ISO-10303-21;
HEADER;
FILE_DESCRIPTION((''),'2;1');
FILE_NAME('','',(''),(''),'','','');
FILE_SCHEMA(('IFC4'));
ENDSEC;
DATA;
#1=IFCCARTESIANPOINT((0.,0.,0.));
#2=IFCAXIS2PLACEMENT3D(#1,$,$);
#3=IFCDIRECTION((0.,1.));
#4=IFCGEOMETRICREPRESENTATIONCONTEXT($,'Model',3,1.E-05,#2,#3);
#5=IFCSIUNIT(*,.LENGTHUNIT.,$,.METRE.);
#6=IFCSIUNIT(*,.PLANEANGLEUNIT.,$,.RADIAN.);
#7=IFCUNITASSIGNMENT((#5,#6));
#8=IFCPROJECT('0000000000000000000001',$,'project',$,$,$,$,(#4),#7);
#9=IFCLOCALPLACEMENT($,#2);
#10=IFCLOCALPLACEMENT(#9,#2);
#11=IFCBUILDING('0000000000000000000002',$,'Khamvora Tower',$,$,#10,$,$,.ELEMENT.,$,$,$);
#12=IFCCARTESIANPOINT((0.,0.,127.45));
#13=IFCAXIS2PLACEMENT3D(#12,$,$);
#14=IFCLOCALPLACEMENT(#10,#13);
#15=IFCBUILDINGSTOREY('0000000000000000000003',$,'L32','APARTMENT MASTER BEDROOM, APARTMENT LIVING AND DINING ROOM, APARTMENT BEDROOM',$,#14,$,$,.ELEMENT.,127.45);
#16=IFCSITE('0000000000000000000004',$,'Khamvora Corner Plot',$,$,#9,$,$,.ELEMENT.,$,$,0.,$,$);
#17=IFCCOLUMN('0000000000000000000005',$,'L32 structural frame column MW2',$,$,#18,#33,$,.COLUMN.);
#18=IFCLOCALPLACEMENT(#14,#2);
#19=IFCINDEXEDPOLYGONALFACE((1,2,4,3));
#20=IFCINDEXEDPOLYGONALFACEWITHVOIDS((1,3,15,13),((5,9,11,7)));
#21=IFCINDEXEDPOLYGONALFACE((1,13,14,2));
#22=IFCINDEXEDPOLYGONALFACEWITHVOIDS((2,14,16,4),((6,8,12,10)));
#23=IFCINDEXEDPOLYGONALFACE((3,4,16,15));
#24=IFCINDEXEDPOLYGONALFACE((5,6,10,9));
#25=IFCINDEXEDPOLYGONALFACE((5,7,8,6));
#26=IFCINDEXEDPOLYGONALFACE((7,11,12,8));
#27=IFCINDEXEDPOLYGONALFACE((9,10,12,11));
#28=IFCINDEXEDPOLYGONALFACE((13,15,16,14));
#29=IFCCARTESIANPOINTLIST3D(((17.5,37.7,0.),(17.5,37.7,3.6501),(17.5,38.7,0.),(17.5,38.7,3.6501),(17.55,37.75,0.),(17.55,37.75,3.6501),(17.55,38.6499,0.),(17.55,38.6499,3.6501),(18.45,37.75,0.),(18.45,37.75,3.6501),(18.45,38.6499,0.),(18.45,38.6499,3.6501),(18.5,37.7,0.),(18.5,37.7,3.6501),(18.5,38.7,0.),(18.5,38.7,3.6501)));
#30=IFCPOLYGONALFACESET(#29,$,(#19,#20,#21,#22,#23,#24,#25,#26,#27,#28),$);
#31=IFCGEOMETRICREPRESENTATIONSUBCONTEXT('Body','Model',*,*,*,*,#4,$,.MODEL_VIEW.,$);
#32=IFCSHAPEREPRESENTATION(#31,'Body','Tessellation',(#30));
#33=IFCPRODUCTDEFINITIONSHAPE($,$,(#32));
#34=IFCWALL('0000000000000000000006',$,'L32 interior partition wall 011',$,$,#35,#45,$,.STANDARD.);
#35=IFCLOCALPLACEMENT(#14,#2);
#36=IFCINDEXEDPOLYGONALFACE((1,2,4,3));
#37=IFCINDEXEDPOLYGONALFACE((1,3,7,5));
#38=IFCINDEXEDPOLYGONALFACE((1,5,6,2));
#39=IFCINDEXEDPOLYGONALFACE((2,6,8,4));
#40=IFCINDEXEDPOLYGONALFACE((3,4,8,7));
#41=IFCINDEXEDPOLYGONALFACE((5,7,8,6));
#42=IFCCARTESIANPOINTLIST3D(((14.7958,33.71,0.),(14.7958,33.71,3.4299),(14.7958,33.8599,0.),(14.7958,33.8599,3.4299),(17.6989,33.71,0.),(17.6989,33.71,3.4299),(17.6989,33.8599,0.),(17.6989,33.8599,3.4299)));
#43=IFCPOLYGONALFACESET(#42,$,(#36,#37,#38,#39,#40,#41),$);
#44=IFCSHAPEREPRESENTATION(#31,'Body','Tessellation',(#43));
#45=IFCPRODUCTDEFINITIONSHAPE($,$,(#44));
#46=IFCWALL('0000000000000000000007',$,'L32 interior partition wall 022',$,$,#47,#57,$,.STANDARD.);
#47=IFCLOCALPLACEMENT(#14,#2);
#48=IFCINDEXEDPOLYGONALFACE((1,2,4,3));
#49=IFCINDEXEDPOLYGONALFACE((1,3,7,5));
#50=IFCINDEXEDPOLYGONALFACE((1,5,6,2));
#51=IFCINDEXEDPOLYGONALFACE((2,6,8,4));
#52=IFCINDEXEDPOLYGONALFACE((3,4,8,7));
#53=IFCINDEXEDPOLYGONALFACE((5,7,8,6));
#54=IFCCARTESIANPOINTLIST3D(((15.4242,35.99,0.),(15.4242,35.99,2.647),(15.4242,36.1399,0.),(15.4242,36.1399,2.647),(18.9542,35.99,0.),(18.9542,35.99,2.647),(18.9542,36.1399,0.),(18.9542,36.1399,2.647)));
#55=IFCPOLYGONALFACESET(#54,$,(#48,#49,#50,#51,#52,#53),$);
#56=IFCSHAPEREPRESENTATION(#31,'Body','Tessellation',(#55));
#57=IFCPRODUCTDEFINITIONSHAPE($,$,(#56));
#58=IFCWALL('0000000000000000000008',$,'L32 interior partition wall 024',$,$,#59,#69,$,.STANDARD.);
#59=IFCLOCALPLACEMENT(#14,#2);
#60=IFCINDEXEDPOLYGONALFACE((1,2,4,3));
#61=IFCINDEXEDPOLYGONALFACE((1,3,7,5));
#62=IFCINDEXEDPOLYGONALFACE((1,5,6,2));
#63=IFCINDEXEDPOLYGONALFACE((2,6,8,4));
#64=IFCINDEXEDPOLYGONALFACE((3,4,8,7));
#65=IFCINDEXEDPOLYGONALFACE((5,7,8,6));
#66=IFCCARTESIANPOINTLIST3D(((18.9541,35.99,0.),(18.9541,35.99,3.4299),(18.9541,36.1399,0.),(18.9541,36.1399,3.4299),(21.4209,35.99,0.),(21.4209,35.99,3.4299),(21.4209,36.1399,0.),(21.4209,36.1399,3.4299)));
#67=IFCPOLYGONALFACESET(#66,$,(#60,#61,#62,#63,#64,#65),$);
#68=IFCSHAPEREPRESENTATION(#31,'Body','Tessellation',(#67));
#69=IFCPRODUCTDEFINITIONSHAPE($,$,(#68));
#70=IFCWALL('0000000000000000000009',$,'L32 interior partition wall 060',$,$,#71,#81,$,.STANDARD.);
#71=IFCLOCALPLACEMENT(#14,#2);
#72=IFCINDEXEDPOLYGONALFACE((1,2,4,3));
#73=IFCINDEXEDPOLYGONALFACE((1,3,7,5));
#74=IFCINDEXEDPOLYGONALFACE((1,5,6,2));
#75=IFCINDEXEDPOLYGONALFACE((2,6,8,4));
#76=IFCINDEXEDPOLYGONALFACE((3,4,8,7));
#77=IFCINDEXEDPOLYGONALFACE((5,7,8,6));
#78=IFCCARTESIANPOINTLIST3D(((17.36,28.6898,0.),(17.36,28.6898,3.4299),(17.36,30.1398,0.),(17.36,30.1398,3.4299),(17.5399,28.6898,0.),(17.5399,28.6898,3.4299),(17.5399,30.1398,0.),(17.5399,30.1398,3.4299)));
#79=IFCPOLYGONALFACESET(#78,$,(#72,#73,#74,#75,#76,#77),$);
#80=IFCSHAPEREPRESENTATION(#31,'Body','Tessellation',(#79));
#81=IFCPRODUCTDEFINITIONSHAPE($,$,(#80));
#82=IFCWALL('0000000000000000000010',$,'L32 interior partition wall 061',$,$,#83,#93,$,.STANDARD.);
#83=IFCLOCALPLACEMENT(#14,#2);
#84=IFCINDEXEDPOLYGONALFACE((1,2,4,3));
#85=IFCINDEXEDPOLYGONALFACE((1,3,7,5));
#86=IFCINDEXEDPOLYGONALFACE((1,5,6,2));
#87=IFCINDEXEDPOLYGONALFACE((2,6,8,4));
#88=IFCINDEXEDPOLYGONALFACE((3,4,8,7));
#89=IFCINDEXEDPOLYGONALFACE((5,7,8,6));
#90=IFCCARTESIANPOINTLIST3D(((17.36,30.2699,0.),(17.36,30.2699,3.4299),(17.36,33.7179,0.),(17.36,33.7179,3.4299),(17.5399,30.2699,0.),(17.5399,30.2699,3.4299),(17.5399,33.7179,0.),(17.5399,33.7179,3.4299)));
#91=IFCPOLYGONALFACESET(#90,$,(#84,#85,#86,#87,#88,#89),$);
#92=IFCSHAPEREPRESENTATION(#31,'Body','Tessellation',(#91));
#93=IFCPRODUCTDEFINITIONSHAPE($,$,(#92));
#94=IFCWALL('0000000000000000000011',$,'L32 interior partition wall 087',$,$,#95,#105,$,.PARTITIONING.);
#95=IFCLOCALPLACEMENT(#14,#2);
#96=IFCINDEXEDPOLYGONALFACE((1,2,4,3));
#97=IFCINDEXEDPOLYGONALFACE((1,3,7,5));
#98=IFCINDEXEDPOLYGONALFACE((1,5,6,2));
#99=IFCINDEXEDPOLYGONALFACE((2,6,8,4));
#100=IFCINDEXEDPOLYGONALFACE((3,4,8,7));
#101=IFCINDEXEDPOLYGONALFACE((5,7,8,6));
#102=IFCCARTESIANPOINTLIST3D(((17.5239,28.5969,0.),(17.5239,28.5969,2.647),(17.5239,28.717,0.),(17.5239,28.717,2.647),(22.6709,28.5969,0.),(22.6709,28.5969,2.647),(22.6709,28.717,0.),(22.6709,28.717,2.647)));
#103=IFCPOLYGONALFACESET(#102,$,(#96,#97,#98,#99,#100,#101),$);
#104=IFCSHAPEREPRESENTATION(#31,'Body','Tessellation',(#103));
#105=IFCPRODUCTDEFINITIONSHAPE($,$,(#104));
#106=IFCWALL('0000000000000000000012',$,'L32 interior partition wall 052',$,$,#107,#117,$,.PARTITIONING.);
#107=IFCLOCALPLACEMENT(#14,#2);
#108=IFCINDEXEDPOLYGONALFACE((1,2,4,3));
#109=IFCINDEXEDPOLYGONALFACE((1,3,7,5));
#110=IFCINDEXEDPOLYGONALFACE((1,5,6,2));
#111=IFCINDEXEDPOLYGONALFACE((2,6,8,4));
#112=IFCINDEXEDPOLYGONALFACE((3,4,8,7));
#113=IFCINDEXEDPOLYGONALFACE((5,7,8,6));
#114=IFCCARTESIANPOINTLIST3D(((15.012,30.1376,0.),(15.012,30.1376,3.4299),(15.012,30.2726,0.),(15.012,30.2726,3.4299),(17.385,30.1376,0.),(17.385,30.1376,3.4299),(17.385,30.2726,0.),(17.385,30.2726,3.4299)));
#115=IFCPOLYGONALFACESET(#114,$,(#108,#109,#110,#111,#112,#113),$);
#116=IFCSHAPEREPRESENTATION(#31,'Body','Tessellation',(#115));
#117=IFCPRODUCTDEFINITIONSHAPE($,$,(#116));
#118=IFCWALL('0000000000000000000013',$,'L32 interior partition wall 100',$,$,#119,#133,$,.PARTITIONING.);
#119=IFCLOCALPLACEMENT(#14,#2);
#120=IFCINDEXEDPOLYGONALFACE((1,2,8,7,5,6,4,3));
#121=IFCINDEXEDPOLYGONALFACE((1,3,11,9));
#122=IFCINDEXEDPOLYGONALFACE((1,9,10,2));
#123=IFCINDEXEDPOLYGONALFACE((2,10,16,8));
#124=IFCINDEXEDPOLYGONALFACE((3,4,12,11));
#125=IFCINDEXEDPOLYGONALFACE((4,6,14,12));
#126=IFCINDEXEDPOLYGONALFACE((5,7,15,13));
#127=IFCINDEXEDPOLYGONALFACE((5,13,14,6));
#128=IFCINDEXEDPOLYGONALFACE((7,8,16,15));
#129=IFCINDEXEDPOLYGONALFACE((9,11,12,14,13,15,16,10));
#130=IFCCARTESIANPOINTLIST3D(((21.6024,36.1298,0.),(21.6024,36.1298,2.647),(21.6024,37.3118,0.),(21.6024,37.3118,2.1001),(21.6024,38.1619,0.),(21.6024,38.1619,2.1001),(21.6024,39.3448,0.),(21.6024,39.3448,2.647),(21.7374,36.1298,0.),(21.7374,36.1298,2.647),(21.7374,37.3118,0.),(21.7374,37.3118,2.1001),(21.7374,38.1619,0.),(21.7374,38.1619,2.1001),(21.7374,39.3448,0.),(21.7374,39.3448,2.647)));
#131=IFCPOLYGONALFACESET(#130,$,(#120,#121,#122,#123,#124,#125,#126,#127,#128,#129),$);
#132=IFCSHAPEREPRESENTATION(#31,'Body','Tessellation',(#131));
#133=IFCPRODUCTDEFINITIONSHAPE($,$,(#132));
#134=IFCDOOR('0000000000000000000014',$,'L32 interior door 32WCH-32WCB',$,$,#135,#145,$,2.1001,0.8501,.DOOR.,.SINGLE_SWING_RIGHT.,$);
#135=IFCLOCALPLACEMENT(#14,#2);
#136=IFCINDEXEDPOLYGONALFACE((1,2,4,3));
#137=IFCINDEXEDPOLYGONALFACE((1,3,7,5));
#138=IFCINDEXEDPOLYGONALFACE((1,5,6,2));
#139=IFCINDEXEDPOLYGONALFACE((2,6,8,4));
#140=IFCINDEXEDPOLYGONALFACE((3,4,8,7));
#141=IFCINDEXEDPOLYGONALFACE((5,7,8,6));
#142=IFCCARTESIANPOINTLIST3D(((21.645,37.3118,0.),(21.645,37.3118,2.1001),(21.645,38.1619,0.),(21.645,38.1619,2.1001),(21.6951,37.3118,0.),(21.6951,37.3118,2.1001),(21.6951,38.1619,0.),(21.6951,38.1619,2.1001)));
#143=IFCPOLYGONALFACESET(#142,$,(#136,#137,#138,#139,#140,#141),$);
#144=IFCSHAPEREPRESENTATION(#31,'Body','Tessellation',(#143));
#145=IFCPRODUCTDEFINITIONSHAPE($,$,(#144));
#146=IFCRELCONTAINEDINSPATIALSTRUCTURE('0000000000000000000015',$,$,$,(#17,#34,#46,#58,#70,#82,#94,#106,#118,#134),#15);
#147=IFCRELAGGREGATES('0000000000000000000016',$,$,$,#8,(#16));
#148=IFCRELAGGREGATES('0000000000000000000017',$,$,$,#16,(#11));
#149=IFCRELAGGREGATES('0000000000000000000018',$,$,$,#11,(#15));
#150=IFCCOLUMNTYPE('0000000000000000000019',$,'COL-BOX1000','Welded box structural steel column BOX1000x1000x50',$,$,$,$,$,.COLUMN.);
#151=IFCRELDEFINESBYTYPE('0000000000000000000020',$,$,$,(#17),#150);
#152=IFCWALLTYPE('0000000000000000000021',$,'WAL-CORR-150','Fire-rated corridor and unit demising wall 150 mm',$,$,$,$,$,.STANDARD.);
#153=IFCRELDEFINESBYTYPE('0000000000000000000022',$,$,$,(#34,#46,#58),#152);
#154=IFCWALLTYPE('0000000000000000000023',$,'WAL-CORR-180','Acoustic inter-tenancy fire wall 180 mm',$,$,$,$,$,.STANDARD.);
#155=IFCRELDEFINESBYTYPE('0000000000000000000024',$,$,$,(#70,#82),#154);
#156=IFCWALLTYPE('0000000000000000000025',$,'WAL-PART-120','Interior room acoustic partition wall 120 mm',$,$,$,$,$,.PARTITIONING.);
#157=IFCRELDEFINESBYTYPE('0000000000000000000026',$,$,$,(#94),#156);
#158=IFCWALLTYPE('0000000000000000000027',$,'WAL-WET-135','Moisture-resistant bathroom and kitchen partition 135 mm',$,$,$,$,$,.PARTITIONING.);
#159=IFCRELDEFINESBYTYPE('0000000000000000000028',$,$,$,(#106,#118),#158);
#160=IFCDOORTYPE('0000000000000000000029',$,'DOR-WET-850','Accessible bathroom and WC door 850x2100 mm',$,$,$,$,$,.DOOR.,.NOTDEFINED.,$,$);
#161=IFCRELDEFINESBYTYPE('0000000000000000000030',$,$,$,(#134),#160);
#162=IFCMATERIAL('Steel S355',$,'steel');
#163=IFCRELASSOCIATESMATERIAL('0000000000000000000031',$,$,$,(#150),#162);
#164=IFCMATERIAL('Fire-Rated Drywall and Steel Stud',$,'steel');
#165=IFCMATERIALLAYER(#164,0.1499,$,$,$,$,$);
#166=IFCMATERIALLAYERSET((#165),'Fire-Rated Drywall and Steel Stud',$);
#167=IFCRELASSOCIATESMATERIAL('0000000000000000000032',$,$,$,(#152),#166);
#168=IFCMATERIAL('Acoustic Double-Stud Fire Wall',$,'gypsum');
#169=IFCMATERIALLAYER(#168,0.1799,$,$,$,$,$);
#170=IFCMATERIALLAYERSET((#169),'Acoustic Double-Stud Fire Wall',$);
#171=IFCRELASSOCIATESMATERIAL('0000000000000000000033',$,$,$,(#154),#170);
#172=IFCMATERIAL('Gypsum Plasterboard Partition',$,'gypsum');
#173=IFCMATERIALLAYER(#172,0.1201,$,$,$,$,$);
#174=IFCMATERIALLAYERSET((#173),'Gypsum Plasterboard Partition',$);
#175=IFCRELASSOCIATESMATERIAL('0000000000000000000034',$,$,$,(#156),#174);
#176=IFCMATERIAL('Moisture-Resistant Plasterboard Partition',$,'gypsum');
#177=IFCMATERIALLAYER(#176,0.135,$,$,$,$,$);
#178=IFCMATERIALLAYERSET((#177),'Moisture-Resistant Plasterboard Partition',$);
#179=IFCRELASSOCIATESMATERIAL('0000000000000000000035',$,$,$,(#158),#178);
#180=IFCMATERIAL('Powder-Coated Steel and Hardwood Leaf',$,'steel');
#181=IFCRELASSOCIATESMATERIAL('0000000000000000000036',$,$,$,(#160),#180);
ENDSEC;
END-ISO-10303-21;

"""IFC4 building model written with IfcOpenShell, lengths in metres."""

from ifc_helpers import new_model, si_unit, direction, frame, frame_2d, origin, origin_2d, place, context, subcontext, project, spatial, rectangle, hollow_rectangle, extrude, material, layer, layer_set, material_profile, profile_set, type_object, element, fill, save


model = new_model("IFC4")

# Units and contexts
model_context = context("Model", 3, precision=1e-05, world=origin(), true_north=direction((0.0, 1.0)))
body_context = subcontext(model_context, "Body", "Model", "MODEL_VIEW")
ifc_project = project(units=[si_unit("LENGTHUNIT", "METRE"), si_unit("PLANEANGLEUNIT", "RADIAN")], contexts=[model_context])

# Site, building, storey
site_placement = place(None, origin())
site = spatial("IfcSite", under=ifc_project, at=site_placement, Name="Khamvora Corner Plot", CompositionType="ELEMENT", RefElevation=0.0)
building_placement = place(site_placement, origin())
building = spatial("IfcBuilding", under=site, at=building_placement, Name="Khamvora Tower", CompositionType="ELEMENT")
storey_placement = place(building_placement, frame((0.0, 0.0, 127.45)))
storey = spatial("IfcBuildingStorey", under=building, at=storey_placement, Name="L32", Description="APARTMENT MASTER BEDROOM, APARTMENT LIVING AND DINING ROOM, APARTMENT BEDROOM", CompositionType="ELEMENT", Elevation=127.45)

# Column
ifc_material_1 = material(Name="Steel S355", Category="steel")
ifc_material_profile = material_profile(ifc_material_1, hollow_rectangle(XDim=1.0, YDim=1.0, WallThickness=0.05, at=origin_2d()), Name="BOX1000x1000x50")
ifc_profile_set = profile_set([ifc_material_profile], Name="Steel S355")
column_type = type_object("IfcColumnType", Name="COL-BOX1000", Description="Welded box structural steel column BOX1000x1000x50", PredefinedType="COLUMN", material=ifc_profile_set)
column_placement = place(storey_placement, frame((18.0, 38.2, 0.0), z_axis=(0.0, 0.0, 1.0), x_axis=(1.0, 0.0, 0.0)))
element("IfcColumn", 1, at=column_placement, inside=storey, type_object=column_type, Name="L32 structural frame column MW2", PredefinedType="COLUMN", context=body_context, shape_type="SweptSolid", body=[
    extrude(hollow_rectangle(XDim=1.0, YDim=1.0, WallThickness=0.05, at=origin_2d()), origin(), (0.0, 0.0, 1.0), 3.6501),
])

# Shared definitions
ifc_material_2 = material(Name="Fire-Rated Drywall and Steel Stud", Category="steel")
ifc_layer_1 = layer(ifc_material_2, 0.1499)
ifc_layer_set_1 = layer_set([ifc_layer_1], Name="Fire-Rated Drywall and Steel Stud")
wall_type_1 = type_object("IfcWallType", Name="WAL-CORR-150", Description="Fire-rated corridor and unit demising wall 150 mm", PredefinedType="STANDARD", material=ifc_layer_set_1)
ifc_material_3 = material(Name="Powder-Coated Steel and Hardwood Leaf", Category="steel")

# Walls
wall_1_placement = place(storey_placement, frame((17.699, 33.7849, 0.0), z_axis=(0.0, 0.0, 1.0), x_axis=(-1.0, 0.0, 0.0)))
element("IfcWall", 2, at=wall_1_placement, inside=storey, type_object=wall_type_1, Name="L32 interior partition wall 011", PredefinedType="STANDARD", context=body_context, shape_type="SweptSolid", body=[
    extrude(rectangle(XDim=2.9031, YDim=0.1499, at=frame_2d((1.4517, 0.0))), origin(), (0.0, 0.0, 1.0), 3.4299),
])
wall_2_placement = place(storey_placement, frame((15.4241, 36.0649, 0.0), z_axis=(0.0, 0.0, 1.0), x_axis=(1.0, 0.0, 0.0)))
element("IfcWall", 3, at=wall_2_placement, inside=storey, type_object=wall_type_1, Name="L32 interior partition wall 022", PredefinedType="STANDARD", context=body_context, shape_type="SweptSolid", body=[
    extrude(rectangle(XDim=3.53, YDim=0.1499, at=frame_2d((1.7651, 0.0))), origin(), (0.0, 0.0, 1.0), 2.647),
])

# Walls
wall_3_placement = place(storey_placement, frame((18.9541, 36.0649, 0.0), z_axis=(0.0, 0.0, 1.0), x_axis=(1.0, 0.0, 0.0)))
element("IfcWall", 4, at=wall_3_placement, inside=storey, type_object=wall_type_1, Name="L32 interior partition wall 024", PredefinedType="STANDARD", context=body_context, shape_type="SweptSolid", body=[
    extrude(rectangle(XDim=2.4668, YDim=0.1499, at=frame_2d((1.2334, 0.0))), origin(), (0.0, 0.0, 1.0), 3.4299),
])
ifc_material_4 = material(Name="Acoustic Double-Stud Fire Wall", Category="gypsum")
ifc_layer_2 = layer(ifc_material_4, 0.1799)
ifc_layer_set_2 = layer_set([ifc_layer_2], Name="Acoustic Double-Stud Fire Wall")
wall_type_2 = type_object("IfcWallType", Name="WAL-CORR-180", Description="Acoustic inter-tenancy fire wall 180 mm", PredefinedType="STANDARD", material=ifc_layer_set_2)
wall_4_placement = place(storey_placement, frame((17.45, 30.1399, 0.0), z_axis=(0.0, 0.0, 1.0), x_axis=(0.0, -1.0, 0.0)))
element("IfcWall", 5, at=wall_4_placement, inside=storey, type_object=wall_type_2, Name="L32 interior partition wall 060", PredefinedType="STANDARD", context=body_context, shape_type="SweptSolid", body=[
    extrude(rectangle(XDim=1.45, YDim=0.1799, at=frame_2d((0.7251, 0.0))), origin(), (0.0, 0.0, 1.0), 3.4299),
])
wall_5_placement = place(storey_placement, frame((17.45, 33.718, 0.0), z_axis=(0.0, 0.0, 1.0), x_axis=(0.0, -1.0, 0.0)))
element("IfcWall", 6, at=wall_5_placement, inside=storey, type_object=wall_type_2, Name="L32 interior partition wall 061", PredefinedType="STANDARD", context=body_context, shape_type="SweptSolid", body=[
    extrude(rectangle(XDim=3.448, YDim=0.1799, at=frame_2d((1.7241, 0.0))), origin(), (0.0, 0.0, 1.0), 3.4299),
])
ifc_material_5 = material(Name="Gypsum Plasterboard Partition", Category="gypsum")
ifc_layer_3 = layer(ifc_material_5, 0.1201)
ifc_layer_set_3 = layer_set([ifc_layer_3], Name="Gypsum Plasterboard Partition")
wall_type_3 = type_object("IfcWallType", Name="WAL-PART-120", Description="Interior room acoustic partition wall 120 mm", PredefinedType="PARTITIONING", material=ifc_layer_set_3)
wall_6_placement = place(storey_placement, frame((17.5239, 28.657, 0.0), z_axis=(0.0, 0.0, 1.0), x_axis=(1.0, 0.0, 0.0)))
element("IfcWall", 7, at=wall_6_placement, inside=storey, type_object=wall_type_3, Name="L32 interior partition wall 087", PredefinedType="PARTITIONING", context=body_context, shape_type="SweptSolid", body=[
    extrude(rectangle(XDim=5.147, YDim=0.1201, at=frame_2d((2.5735, 0.0))), origin(), (0.0, 0.0, 1.0), 2.647),
])
ifc_material_6 = material(Name="Moisture-Resistant Plasterboard Partition", Category="gypsum")
ifc_layer_4 = layer(ifc_material_6, 0.135)
ifc_layer_set_4 = layer_set([ifc_layer_4], Name="Moisture-Resistant Plasterboard Partition")
wall_type_4 = type_object("IfcWallType", Name="WAL-WET-135", Description="Moisture-resistant bathroom and kitchen partition 135 mm", PredefinedType="PARTITIONING", material=ifc_layer_set_4)
wall_7_placement = place(storey_placement, frame((15.012, 30.2051, 0.0), z_axis=(0.0, 0.0, 1.0), x_axis=(1.0, 0.0, 0.0)))
element("IfcWall", 8, at=wall_7_placement, inside=storey, type_object=wall_type_4, Name="L32 interior partition wall 052", PredefinedType="PARTITIONING", context=body_context, shape_type="SweptSolid", body=[
    extrude(rectangle(XDim=2.373, YDim=0.135, at=frame_2d((1.1865, 0.0))), origin(), (0.0, 0.0, 1.0), 3.4299),
])

# Wall, opening, door
wall_8_placement = place(storey_placement, frame((21.6699, 36.1299, 0.0), z_axis=(0.0, 0.0, 1.0), x_axis=(0.0, 1.0, 0.0)))
wall_8 = element("IfcWall", 9, at=wall_8_placement, inside=storey, type_object=wall_type_4, Name="L32 interior partition wall 100", PredefinedType="PARTITIONING", context=body_context, shape_type="SweptSolid", body=[
    extrude(rectangle(XDim=3.2151, YDim=0.135, at=frame_2d((1.6074, 0.0))), origin(), (0.0, 0.0, 1.0), 2.647),
])
opening_1_placement = place(wall_8_placement, frame((1.1819, 0.0, 0.0)))
opening_1 = element("IfcOpeningElement", 10, at=opening_1_placement, cuts=wall_8, PredefinedType="OPENING", context=body_context, shape_type="SweptSolid", body=[
    extrude(rectangle(XDim=0.8501, YDim=2.1001, at=frame_2d((0.425, 1.05))), frame((0.0, 0.0774, 0.0), z_axis=(0.0, -1.0, 0.0), x_axis=(1.0, 0.0, 0.0)), (0.0, 0.0, 1.0), 0.155),
])
door_type_1 = type_object("IfcDoorType", Name="DOR-WET-850", Description="Accessible bathroom and WC door 850x2100 mm", OperationType="NOTDEFINED", PredefinedType="DOOR", material=ifc_material_3)
door_1_placement = place(opening_1_placement, origin())
door_1 = element("IfcDoor", 11, at=door_1_placement, inside=storey, type_object=door_type_1, Name="L32 interior door 32WCH-32WCB", OperationType="SINGLE_SWING_RIGHT", OverallHeight=2.1001, OverallWidth=0.8501, PredefinedType="DOOR", context=body_context, shape_type="SweptSolid", body=[
    extrude(rectangle(XDim=0.8501, YDim=2.1001, at=frame_2d((0.425, 1.05))), frame((0.0, 0.0249, 0.0), z_axis=(0.0, -1.0, 0.0), x_axis=(1.0, 0.0, 0.0)), (0.0, 0.0, 1.0), 0.05),
])
fill(opening_1, door_1)

save(model, "model.ifc")
